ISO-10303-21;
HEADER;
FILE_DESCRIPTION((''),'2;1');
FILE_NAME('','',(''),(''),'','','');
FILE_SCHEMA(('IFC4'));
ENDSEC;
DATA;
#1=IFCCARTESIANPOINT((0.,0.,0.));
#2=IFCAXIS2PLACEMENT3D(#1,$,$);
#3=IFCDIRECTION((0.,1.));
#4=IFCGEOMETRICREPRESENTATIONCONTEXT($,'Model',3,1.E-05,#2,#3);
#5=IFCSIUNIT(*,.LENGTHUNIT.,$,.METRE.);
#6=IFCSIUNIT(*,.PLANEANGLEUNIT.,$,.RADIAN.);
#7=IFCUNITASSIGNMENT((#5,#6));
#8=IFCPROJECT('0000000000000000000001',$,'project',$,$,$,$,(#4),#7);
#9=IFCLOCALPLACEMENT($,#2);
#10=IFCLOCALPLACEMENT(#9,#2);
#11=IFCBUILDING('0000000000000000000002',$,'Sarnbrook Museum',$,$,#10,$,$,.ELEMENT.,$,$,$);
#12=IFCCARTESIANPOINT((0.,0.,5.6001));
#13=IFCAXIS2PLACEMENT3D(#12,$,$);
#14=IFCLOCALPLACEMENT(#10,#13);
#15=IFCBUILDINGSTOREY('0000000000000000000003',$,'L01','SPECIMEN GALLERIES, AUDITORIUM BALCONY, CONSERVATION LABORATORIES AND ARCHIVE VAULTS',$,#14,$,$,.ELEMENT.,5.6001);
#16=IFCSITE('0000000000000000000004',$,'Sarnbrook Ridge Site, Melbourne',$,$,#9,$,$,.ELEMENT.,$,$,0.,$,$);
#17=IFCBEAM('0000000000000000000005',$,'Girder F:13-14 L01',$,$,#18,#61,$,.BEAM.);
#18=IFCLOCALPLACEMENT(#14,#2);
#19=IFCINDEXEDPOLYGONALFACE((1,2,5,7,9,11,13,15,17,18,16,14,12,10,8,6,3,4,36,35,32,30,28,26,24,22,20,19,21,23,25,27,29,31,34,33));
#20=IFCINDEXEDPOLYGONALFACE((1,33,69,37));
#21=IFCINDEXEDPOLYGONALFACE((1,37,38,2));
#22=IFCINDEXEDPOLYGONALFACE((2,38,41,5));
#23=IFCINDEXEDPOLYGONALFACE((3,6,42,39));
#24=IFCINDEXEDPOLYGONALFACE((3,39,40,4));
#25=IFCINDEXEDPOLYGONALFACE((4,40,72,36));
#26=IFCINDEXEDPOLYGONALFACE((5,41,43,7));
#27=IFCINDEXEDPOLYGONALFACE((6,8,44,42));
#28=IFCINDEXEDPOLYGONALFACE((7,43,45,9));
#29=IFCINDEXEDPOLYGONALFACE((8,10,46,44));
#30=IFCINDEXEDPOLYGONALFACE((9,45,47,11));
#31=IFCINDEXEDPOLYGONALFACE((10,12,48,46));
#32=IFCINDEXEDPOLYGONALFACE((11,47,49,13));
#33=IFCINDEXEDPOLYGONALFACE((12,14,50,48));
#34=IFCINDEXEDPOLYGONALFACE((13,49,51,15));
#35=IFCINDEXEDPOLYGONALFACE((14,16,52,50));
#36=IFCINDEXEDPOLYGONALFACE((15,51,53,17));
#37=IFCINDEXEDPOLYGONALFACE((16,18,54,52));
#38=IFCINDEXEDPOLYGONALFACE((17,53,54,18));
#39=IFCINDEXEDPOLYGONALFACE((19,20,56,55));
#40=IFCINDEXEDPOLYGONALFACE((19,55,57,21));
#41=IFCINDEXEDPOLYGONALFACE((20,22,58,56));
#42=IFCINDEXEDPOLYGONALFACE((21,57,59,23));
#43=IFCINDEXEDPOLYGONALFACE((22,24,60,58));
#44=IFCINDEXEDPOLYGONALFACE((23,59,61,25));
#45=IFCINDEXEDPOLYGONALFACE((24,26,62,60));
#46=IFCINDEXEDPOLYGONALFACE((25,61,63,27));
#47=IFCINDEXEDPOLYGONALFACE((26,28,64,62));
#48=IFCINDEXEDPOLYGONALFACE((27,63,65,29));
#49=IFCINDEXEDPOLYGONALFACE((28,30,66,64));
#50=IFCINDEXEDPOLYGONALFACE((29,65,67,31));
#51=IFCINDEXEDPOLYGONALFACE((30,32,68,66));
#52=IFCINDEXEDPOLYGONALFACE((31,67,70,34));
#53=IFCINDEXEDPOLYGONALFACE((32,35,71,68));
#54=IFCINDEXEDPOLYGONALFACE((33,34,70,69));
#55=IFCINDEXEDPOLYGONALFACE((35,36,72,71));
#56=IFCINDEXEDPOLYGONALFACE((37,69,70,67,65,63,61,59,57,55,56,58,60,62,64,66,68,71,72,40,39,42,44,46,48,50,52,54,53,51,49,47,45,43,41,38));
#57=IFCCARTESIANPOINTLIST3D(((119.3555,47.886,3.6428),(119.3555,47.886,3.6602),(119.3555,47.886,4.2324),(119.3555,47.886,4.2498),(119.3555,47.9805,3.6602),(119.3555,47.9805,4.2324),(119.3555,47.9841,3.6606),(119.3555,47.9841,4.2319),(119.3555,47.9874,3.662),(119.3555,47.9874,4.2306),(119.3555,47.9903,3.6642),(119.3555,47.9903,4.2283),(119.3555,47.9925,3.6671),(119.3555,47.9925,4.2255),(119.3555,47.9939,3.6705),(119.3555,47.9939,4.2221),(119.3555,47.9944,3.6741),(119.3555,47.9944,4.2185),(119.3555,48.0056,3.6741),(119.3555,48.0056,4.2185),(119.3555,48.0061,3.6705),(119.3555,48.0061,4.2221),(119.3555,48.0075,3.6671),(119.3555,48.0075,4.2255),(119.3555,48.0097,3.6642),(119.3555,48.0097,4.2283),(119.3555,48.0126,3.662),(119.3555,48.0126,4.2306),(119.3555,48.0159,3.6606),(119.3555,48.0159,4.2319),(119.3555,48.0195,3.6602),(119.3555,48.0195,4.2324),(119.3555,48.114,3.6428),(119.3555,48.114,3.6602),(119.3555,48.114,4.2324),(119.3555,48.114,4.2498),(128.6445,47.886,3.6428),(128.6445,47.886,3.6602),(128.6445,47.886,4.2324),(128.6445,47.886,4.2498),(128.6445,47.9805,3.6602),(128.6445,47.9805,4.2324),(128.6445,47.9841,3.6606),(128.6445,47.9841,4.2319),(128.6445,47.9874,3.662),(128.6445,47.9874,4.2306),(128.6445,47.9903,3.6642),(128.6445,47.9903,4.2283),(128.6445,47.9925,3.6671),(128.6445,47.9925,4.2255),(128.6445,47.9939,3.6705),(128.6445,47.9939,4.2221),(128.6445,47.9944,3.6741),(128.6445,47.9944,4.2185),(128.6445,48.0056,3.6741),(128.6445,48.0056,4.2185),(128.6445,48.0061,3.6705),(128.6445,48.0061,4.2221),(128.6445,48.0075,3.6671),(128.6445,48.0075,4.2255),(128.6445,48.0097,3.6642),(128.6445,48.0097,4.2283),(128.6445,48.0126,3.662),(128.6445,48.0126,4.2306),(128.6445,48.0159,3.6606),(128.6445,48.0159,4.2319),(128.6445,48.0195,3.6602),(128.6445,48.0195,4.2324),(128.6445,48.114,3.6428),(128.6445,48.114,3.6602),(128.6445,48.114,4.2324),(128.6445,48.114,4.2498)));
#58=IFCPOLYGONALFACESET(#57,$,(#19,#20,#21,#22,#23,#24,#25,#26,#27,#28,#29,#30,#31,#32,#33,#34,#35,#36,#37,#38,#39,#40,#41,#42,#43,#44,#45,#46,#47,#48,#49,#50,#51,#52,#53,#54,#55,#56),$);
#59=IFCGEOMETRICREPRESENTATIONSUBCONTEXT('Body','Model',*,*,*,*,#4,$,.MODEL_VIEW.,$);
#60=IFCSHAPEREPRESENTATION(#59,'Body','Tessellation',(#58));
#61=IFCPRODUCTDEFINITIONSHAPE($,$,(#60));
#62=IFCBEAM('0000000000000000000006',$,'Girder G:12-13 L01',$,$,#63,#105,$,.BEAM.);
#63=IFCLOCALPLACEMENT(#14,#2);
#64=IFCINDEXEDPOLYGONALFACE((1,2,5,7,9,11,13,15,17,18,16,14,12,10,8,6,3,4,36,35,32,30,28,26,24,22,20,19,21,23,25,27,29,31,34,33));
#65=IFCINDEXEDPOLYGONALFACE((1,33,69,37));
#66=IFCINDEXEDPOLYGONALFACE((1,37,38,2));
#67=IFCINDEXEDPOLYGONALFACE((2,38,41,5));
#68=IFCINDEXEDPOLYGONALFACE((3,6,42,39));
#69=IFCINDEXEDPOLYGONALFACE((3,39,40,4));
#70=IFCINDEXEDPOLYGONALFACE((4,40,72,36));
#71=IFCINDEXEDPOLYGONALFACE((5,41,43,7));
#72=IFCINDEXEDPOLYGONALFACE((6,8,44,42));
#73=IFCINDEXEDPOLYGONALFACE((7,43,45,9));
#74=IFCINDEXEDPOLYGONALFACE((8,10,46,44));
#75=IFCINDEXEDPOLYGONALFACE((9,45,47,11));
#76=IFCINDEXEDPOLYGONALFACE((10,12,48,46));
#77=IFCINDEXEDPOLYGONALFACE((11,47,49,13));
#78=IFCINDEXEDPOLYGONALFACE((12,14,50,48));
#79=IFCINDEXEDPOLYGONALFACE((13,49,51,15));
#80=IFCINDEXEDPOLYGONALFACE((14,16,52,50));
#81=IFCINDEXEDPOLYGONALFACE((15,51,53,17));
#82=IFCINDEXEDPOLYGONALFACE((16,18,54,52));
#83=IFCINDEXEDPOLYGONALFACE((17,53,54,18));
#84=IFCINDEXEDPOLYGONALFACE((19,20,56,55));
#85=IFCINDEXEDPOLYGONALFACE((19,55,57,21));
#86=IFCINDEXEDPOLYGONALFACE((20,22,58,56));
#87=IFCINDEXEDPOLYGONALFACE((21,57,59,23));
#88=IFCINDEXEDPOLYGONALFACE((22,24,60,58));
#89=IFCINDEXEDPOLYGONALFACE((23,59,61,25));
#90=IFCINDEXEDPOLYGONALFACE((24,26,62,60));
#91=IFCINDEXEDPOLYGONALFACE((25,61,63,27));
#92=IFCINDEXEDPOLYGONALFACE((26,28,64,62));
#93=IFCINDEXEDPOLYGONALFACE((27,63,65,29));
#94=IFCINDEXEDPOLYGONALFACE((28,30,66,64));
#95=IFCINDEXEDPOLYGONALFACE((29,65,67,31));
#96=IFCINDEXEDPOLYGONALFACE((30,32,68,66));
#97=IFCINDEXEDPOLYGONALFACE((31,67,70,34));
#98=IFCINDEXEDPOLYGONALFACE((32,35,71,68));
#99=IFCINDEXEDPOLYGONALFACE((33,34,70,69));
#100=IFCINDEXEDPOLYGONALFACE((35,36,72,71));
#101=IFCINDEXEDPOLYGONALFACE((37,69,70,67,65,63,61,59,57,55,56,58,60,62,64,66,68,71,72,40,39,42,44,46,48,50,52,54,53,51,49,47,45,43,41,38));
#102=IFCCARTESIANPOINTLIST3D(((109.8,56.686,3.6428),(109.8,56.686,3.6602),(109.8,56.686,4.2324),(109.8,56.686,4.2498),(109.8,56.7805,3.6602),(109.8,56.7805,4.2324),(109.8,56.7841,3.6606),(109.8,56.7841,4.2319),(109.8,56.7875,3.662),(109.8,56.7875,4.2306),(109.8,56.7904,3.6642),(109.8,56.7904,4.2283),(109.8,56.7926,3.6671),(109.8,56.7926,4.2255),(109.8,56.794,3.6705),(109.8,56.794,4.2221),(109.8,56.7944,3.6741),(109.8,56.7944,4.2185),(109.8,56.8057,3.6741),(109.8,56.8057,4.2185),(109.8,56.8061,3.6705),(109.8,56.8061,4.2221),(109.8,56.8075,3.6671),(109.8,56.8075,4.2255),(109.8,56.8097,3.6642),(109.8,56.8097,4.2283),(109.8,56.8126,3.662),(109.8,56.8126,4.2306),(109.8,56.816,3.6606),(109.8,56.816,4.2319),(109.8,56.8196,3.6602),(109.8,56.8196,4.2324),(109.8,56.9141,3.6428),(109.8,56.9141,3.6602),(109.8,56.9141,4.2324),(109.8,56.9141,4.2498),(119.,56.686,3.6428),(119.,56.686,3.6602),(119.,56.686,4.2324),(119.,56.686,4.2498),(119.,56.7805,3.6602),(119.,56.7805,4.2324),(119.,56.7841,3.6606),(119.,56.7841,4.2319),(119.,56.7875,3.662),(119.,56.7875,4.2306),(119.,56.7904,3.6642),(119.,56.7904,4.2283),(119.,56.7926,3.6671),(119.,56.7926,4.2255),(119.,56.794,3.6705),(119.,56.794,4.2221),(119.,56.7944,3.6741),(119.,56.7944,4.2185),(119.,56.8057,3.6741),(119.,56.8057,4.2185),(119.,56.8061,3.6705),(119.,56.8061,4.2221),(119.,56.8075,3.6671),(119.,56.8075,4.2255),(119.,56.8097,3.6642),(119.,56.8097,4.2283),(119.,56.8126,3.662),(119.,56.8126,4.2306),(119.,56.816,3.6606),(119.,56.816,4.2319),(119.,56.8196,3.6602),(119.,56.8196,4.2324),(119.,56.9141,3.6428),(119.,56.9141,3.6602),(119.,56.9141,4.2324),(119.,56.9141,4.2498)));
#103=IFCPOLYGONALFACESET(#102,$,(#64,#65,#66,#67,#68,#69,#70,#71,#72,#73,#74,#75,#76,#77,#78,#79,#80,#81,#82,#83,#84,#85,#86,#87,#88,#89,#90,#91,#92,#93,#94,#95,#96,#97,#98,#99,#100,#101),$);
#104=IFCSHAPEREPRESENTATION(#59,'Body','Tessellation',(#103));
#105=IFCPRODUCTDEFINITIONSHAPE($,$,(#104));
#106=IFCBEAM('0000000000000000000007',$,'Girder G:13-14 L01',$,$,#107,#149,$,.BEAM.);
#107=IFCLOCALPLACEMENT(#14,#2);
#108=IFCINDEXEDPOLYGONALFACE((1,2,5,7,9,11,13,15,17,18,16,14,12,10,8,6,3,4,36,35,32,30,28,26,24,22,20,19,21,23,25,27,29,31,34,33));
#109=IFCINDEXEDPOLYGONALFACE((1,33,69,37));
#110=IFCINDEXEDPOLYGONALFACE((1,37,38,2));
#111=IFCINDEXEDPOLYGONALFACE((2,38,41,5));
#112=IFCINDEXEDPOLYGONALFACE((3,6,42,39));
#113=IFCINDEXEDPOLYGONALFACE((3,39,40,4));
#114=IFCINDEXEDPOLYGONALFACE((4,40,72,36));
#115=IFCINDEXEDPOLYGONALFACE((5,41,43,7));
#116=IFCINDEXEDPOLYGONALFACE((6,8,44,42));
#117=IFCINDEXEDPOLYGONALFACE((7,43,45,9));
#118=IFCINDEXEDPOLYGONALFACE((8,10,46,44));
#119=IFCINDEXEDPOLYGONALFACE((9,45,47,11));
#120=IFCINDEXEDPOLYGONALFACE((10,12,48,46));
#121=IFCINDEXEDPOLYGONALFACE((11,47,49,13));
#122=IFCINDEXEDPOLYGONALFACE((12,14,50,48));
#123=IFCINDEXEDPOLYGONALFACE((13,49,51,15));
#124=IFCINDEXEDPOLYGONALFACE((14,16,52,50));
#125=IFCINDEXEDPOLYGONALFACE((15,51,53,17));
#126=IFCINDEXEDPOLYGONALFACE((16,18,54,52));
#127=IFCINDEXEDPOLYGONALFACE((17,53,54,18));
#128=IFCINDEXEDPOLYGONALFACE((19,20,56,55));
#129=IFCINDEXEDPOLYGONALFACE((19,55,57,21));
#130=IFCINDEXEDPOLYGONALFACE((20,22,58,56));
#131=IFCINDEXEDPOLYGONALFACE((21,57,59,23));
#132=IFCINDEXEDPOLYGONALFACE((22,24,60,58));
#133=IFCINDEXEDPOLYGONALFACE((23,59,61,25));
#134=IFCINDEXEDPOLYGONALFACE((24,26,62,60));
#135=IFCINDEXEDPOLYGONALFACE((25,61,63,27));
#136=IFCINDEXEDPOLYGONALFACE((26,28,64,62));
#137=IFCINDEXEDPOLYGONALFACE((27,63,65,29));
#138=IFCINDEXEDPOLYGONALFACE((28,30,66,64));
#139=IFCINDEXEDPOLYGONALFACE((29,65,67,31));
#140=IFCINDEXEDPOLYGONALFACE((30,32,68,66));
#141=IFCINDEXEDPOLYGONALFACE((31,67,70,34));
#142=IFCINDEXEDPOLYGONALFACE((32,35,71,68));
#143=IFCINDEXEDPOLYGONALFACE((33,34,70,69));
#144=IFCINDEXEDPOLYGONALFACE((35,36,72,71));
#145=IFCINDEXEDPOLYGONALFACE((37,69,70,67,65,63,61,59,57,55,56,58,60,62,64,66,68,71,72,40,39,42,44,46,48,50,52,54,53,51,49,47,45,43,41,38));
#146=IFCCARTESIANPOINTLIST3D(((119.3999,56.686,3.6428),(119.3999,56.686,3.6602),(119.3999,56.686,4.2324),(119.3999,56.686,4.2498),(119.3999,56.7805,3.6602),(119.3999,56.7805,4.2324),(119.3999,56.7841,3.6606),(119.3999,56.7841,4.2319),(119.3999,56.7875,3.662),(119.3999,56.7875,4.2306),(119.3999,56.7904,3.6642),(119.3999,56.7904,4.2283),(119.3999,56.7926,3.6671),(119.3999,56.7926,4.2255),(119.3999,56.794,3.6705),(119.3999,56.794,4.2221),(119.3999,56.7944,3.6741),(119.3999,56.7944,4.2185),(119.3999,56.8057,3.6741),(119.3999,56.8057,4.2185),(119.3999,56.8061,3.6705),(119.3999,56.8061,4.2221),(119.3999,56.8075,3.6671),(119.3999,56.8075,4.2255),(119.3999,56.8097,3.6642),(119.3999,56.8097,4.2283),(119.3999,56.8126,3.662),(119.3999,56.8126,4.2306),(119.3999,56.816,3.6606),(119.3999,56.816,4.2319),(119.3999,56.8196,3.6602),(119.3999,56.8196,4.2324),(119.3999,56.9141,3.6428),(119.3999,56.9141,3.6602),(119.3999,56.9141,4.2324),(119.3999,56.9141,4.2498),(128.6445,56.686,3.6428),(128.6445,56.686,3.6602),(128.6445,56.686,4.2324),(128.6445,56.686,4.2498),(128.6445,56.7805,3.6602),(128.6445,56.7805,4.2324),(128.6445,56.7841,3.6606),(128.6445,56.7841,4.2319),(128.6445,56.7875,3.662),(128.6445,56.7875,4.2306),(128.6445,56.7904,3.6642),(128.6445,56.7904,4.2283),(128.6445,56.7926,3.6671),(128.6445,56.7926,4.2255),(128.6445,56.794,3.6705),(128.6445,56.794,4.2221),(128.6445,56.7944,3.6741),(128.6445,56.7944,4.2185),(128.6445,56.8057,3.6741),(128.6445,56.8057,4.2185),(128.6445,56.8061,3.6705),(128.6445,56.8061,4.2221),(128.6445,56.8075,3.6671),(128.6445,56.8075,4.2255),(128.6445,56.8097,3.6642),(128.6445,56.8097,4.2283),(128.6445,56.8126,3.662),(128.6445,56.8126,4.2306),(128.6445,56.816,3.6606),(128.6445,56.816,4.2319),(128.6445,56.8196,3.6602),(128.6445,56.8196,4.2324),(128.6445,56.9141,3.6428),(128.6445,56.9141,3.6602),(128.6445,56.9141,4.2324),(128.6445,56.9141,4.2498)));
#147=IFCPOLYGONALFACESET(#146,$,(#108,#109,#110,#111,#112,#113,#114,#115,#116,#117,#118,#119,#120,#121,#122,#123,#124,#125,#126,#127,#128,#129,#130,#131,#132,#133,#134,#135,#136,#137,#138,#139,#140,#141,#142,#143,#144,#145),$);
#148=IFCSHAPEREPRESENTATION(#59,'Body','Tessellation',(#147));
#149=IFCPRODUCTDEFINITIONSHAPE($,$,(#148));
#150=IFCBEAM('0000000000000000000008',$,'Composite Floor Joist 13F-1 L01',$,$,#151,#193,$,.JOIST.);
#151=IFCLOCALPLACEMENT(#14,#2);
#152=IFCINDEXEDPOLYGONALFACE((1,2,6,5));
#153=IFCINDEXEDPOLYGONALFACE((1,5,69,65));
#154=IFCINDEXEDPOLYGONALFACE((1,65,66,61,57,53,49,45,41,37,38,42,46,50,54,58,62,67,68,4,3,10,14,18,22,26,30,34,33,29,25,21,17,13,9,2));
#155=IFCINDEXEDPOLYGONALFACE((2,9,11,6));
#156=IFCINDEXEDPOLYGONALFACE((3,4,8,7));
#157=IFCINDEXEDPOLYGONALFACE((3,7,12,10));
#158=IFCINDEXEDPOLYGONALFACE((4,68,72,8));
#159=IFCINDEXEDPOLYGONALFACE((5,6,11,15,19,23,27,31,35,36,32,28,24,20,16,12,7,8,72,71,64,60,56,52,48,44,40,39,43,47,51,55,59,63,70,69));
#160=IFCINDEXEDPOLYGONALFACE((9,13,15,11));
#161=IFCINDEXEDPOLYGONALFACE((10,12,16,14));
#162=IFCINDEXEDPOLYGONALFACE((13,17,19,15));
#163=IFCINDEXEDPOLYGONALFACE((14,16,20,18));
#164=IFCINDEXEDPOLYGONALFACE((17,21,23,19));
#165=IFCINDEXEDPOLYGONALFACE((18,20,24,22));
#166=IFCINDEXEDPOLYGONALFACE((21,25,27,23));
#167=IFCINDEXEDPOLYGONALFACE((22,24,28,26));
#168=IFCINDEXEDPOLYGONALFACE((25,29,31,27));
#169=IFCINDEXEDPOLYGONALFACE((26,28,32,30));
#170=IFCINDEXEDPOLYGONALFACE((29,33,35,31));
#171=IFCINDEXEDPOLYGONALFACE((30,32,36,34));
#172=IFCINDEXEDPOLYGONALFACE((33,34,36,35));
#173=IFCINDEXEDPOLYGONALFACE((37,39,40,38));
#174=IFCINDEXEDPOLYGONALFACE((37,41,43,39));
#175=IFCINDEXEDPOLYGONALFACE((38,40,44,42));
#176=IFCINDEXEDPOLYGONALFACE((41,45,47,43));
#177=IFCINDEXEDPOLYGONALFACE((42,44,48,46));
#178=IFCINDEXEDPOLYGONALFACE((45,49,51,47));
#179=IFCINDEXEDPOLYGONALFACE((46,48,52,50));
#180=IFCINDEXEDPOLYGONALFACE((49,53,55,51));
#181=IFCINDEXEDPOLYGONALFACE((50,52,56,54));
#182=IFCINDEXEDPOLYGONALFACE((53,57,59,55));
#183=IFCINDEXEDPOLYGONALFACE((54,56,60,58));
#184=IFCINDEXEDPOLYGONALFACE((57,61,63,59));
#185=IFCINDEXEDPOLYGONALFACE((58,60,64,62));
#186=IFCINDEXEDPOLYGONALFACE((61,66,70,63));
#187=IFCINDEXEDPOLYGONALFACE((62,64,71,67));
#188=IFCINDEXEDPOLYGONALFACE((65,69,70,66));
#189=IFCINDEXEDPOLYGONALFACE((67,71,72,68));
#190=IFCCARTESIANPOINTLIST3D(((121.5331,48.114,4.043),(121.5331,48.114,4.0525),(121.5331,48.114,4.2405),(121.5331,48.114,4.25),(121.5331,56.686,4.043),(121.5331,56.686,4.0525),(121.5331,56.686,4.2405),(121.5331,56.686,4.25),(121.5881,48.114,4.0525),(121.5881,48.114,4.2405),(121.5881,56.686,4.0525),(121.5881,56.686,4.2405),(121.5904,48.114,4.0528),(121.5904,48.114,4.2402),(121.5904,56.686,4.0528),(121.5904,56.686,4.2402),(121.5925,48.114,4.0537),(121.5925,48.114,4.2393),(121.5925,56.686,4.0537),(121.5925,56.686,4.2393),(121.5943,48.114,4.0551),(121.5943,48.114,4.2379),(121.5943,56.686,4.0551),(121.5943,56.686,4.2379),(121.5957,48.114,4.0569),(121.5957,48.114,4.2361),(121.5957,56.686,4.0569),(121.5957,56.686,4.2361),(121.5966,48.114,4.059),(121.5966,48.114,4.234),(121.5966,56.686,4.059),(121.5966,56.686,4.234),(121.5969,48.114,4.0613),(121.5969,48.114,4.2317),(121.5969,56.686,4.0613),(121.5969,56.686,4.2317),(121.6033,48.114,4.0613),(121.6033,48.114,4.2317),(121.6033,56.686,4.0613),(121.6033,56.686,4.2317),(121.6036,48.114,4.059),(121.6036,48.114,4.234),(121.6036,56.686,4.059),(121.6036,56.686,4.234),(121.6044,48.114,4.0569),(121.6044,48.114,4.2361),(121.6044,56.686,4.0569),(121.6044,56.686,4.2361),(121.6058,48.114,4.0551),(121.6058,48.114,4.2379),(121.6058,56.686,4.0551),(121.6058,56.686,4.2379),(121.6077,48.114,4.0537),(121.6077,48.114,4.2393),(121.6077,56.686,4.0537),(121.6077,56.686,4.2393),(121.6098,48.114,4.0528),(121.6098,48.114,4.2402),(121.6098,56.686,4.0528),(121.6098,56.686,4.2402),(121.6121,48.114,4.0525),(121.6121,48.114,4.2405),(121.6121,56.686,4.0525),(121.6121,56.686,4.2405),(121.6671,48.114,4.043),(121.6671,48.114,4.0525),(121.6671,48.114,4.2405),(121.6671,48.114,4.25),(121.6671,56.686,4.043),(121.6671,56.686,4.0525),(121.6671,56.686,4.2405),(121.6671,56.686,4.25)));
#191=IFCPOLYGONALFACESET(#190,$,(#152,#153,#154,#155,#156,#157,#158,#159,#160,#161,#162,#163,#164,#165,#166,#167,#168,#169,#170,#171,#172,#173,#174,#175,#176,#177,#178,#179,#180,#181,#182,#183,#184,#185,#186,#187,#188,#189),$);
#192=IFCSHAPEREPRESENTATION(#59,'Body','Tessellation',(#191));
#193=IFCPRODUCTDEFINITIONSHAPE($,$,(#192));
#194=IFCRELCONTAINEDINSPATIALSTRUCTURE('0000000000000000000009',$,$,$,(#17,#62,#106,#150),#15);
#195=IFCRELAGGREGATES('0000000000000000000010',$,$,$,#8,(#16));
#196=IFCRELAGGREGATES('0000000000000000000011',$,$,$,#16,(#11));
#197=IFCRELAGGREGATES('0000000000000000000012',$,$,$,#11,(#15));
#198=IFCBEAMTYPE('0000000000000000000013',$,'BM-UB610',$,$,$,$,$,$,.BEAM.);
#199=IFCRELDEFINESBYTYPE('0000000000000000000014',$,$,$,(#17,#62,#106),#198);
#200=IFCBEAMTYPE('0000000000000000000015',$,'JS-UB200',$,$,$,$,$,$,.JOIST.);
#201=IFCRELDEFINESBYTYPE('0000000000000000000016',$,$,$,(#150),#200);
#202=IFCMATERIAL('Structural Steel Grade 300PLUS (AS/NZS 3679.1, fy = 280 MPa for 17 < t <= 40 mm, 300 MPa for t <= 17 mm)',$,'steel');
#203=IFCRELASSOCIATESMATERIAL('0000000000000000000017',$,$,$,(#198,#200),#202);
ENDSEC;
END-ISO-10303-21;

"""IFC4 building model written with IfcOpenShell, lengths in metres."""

from ifc_helpers import new_model, si_unit, direction, frame, origin, origin_2d, place, context, subcontext, project, spatial, i_section, extrude, material, material_profile, profile_set, type_object, element, save


model = new_model("IFC4")

# Units and contexts
model_context = context("Model", 3, precision=1e-05, world=origin(), true_north=direction((0.0, 1.0)))
body_context = subcontext(model_context, "Body", "Model", "MODEL_VIEW")
ifc_project = project(units=[si_unit("LENGTHUNIT", "METRE"), si_unit("PLANEANGLEUNIT", "RADIAN")], contexts=[model_context])

# Site, building, storey
site_placement = place(None, origin())
site = spatial("IfcSite", under=ifc_project, at=site_placement, Name="Sarnbrook Ridge Site, Melbourne", CompositionType="ELEMENT", RefElevation=0.0)
building_placement = place(site_placement, origin())
building = spatial("IfcBuilding", under=site, at=building_placement, Name="Sarnbrook Museum", CompositionType="ELEMENT")
storey_placement = place(building_placement, frame((0.0, 0.0, 5.6001)))
storey = spatial("IfcBuildingStorey", under=building, at=storey_placement, Name="L01", Description="SPECIMEN GALLERIES, AUDITORIUM BALCONY, CONSERVATION LABORATORIES AND ARCHIVE VAULTS", CompositionType="ELEMENT", Elevation=5.6001)

# Shared definitions
ifc_material_1 = material(Name="Structural Steel Grade 300PLUS (AS/NZS 3679.1, fy = 280 MPa for 17 < t <= 40 mm, 300 MPa for t <= 17 mm)", Category="steel")

# Beams
ifc_material_profile_1 = material_profile(ifc_material_1, i_section(OverallWidth=0.228, OverallDepth=0.6069, WebThickness=0.0112, FlangeThickness=0.0173, FilletRadius=0.0139, at=origin_2d()), Name="610UB113")
ifc_profile_set_1 = profile_set([ifc_material_profile_1], Name="Structural Steel Grade 300PLUS (AS/NZS 3679.1, fy = 280 MPa for 17 < t <= 40 mm, 300 MPa for t <= 17 mm)")
beam_type_1 = type_object("IfcBeamType", Name="BM-UB610", PredefinedType="BEAM", material=ifc_profile_set_1)
beam_1_placement = place(storey_placement, frame((119.3555, 48.0, 3.9463), z_axis=(1.0, 0.0, 0.0), x_axis=(0.0, 1.0, 0.0)))
element("IfcBeam", 1, at=beam_1_placement, inside=storey, type_object=beam_type_1, Name="Girder F:13-14 L01", PredefinedType="BEAM", context=body_context, shape_type="SweptSolid", body=[
    extrude(i_section(OverallWidth=0.228, OverallDepth=0.6069, WebThickness=0.0112, FlangeThickness=0.0173, FilletRadius=0.0139, at=origin_2d()), origin(), (0.0, 0.0, 1.0), 9.2891),
])
beam_2_placement = place(storey_placement, frame((109.8, 56.8, 3.9463), z_axis=(1.0, 0.0, 0.0), x_axis=(0.0, 1.0, 0.0)))
element("IfcBeam", 2, at=beam_2_placement, inside=storey, type_object=beam_type_1, Name="Girder G:12-13 L01", PredefinedType="BEAM", context=body_context, shape_type="SweptSolid", body=[
    extrude(i_section(OverallWidth=0.228, OverallDepth=0.6069, WebThickness=0.0112, FlangeThickness=0.0173, FilletRadius=0.0139, at=origin_2d()), origin(), (0.0, 0.0, 1.0), 9.2),
])
beam_3_placement = place(storey_placement, frame((119.3999, 56.8, 3.9463), z_axis=(1.0, 0.0, 0.0), x_axis=(0.0, 1.0, 0.0)))
element("IfcBeam", 3, at=beam_3_placement, inside=storey, type_object=beam_type_1, Name="Girder G:13-14 L01", PredefinedType="BEAM", context=body_context, shape_type="SweptSolid", body=[
    extrude(i_section(OverallWidth=0.228, OverallDepth=0.6069, WebThickness=0.0112, FlangeThickness=0.0173, FilletRadius=0.0139, at=origin_2d()), origin(), (0.0, 0.0, 1.0), 9.2446),
])
ifc_material_profile_2 = material_profile(ifc_material_1, i_section(OverallWidth=0.134, OverallDepth=0.207, WebThickness=0.0063, FlangeThickness=0.0095, FilletRadius=0.0088, at=origin_2d()), Name="200UB29.8")
ifc_profile_set_2 = profile_set([ifc_material_profile_2], Name="Structural Steel Grade 300PLUS (AS/NZS 3679.1, fy = 280 MPa for 17 < t <= 40 mm, 300 MPa for t <= 17 mm)")
beam_type_2 = type_object("IfcBeamType", Name="JS-UB200", PredefinedType="JOIST", material=ifc_profile_set_2)
beam_4_placement = place(storey_placement, frame((121.6001, 48.114, 4.1465), z_axis=(0.0, 1.0, 0.0), x_axis=(-1.0, 0.0, 0.0)))
element("IfcBeam", 4, at=beam_4_placement, inside=storey, type_object=beam_type_2, Name="Composite Floor Joist 13F-1 L01", PredefinedType="JOIST", context=body_context, shape_type="SweptSolid", body=[
    extrude(i_section(OverallWidth=0.134, OverallDepth=0.207, WebThickness=0.0063, FlangeThickness=0.0095, FilletRadius=0.0088, at=origin_2d()), origin(), (0.0, 0.0, 1.0), 8.572),
])

save(model, "model.ifc")
